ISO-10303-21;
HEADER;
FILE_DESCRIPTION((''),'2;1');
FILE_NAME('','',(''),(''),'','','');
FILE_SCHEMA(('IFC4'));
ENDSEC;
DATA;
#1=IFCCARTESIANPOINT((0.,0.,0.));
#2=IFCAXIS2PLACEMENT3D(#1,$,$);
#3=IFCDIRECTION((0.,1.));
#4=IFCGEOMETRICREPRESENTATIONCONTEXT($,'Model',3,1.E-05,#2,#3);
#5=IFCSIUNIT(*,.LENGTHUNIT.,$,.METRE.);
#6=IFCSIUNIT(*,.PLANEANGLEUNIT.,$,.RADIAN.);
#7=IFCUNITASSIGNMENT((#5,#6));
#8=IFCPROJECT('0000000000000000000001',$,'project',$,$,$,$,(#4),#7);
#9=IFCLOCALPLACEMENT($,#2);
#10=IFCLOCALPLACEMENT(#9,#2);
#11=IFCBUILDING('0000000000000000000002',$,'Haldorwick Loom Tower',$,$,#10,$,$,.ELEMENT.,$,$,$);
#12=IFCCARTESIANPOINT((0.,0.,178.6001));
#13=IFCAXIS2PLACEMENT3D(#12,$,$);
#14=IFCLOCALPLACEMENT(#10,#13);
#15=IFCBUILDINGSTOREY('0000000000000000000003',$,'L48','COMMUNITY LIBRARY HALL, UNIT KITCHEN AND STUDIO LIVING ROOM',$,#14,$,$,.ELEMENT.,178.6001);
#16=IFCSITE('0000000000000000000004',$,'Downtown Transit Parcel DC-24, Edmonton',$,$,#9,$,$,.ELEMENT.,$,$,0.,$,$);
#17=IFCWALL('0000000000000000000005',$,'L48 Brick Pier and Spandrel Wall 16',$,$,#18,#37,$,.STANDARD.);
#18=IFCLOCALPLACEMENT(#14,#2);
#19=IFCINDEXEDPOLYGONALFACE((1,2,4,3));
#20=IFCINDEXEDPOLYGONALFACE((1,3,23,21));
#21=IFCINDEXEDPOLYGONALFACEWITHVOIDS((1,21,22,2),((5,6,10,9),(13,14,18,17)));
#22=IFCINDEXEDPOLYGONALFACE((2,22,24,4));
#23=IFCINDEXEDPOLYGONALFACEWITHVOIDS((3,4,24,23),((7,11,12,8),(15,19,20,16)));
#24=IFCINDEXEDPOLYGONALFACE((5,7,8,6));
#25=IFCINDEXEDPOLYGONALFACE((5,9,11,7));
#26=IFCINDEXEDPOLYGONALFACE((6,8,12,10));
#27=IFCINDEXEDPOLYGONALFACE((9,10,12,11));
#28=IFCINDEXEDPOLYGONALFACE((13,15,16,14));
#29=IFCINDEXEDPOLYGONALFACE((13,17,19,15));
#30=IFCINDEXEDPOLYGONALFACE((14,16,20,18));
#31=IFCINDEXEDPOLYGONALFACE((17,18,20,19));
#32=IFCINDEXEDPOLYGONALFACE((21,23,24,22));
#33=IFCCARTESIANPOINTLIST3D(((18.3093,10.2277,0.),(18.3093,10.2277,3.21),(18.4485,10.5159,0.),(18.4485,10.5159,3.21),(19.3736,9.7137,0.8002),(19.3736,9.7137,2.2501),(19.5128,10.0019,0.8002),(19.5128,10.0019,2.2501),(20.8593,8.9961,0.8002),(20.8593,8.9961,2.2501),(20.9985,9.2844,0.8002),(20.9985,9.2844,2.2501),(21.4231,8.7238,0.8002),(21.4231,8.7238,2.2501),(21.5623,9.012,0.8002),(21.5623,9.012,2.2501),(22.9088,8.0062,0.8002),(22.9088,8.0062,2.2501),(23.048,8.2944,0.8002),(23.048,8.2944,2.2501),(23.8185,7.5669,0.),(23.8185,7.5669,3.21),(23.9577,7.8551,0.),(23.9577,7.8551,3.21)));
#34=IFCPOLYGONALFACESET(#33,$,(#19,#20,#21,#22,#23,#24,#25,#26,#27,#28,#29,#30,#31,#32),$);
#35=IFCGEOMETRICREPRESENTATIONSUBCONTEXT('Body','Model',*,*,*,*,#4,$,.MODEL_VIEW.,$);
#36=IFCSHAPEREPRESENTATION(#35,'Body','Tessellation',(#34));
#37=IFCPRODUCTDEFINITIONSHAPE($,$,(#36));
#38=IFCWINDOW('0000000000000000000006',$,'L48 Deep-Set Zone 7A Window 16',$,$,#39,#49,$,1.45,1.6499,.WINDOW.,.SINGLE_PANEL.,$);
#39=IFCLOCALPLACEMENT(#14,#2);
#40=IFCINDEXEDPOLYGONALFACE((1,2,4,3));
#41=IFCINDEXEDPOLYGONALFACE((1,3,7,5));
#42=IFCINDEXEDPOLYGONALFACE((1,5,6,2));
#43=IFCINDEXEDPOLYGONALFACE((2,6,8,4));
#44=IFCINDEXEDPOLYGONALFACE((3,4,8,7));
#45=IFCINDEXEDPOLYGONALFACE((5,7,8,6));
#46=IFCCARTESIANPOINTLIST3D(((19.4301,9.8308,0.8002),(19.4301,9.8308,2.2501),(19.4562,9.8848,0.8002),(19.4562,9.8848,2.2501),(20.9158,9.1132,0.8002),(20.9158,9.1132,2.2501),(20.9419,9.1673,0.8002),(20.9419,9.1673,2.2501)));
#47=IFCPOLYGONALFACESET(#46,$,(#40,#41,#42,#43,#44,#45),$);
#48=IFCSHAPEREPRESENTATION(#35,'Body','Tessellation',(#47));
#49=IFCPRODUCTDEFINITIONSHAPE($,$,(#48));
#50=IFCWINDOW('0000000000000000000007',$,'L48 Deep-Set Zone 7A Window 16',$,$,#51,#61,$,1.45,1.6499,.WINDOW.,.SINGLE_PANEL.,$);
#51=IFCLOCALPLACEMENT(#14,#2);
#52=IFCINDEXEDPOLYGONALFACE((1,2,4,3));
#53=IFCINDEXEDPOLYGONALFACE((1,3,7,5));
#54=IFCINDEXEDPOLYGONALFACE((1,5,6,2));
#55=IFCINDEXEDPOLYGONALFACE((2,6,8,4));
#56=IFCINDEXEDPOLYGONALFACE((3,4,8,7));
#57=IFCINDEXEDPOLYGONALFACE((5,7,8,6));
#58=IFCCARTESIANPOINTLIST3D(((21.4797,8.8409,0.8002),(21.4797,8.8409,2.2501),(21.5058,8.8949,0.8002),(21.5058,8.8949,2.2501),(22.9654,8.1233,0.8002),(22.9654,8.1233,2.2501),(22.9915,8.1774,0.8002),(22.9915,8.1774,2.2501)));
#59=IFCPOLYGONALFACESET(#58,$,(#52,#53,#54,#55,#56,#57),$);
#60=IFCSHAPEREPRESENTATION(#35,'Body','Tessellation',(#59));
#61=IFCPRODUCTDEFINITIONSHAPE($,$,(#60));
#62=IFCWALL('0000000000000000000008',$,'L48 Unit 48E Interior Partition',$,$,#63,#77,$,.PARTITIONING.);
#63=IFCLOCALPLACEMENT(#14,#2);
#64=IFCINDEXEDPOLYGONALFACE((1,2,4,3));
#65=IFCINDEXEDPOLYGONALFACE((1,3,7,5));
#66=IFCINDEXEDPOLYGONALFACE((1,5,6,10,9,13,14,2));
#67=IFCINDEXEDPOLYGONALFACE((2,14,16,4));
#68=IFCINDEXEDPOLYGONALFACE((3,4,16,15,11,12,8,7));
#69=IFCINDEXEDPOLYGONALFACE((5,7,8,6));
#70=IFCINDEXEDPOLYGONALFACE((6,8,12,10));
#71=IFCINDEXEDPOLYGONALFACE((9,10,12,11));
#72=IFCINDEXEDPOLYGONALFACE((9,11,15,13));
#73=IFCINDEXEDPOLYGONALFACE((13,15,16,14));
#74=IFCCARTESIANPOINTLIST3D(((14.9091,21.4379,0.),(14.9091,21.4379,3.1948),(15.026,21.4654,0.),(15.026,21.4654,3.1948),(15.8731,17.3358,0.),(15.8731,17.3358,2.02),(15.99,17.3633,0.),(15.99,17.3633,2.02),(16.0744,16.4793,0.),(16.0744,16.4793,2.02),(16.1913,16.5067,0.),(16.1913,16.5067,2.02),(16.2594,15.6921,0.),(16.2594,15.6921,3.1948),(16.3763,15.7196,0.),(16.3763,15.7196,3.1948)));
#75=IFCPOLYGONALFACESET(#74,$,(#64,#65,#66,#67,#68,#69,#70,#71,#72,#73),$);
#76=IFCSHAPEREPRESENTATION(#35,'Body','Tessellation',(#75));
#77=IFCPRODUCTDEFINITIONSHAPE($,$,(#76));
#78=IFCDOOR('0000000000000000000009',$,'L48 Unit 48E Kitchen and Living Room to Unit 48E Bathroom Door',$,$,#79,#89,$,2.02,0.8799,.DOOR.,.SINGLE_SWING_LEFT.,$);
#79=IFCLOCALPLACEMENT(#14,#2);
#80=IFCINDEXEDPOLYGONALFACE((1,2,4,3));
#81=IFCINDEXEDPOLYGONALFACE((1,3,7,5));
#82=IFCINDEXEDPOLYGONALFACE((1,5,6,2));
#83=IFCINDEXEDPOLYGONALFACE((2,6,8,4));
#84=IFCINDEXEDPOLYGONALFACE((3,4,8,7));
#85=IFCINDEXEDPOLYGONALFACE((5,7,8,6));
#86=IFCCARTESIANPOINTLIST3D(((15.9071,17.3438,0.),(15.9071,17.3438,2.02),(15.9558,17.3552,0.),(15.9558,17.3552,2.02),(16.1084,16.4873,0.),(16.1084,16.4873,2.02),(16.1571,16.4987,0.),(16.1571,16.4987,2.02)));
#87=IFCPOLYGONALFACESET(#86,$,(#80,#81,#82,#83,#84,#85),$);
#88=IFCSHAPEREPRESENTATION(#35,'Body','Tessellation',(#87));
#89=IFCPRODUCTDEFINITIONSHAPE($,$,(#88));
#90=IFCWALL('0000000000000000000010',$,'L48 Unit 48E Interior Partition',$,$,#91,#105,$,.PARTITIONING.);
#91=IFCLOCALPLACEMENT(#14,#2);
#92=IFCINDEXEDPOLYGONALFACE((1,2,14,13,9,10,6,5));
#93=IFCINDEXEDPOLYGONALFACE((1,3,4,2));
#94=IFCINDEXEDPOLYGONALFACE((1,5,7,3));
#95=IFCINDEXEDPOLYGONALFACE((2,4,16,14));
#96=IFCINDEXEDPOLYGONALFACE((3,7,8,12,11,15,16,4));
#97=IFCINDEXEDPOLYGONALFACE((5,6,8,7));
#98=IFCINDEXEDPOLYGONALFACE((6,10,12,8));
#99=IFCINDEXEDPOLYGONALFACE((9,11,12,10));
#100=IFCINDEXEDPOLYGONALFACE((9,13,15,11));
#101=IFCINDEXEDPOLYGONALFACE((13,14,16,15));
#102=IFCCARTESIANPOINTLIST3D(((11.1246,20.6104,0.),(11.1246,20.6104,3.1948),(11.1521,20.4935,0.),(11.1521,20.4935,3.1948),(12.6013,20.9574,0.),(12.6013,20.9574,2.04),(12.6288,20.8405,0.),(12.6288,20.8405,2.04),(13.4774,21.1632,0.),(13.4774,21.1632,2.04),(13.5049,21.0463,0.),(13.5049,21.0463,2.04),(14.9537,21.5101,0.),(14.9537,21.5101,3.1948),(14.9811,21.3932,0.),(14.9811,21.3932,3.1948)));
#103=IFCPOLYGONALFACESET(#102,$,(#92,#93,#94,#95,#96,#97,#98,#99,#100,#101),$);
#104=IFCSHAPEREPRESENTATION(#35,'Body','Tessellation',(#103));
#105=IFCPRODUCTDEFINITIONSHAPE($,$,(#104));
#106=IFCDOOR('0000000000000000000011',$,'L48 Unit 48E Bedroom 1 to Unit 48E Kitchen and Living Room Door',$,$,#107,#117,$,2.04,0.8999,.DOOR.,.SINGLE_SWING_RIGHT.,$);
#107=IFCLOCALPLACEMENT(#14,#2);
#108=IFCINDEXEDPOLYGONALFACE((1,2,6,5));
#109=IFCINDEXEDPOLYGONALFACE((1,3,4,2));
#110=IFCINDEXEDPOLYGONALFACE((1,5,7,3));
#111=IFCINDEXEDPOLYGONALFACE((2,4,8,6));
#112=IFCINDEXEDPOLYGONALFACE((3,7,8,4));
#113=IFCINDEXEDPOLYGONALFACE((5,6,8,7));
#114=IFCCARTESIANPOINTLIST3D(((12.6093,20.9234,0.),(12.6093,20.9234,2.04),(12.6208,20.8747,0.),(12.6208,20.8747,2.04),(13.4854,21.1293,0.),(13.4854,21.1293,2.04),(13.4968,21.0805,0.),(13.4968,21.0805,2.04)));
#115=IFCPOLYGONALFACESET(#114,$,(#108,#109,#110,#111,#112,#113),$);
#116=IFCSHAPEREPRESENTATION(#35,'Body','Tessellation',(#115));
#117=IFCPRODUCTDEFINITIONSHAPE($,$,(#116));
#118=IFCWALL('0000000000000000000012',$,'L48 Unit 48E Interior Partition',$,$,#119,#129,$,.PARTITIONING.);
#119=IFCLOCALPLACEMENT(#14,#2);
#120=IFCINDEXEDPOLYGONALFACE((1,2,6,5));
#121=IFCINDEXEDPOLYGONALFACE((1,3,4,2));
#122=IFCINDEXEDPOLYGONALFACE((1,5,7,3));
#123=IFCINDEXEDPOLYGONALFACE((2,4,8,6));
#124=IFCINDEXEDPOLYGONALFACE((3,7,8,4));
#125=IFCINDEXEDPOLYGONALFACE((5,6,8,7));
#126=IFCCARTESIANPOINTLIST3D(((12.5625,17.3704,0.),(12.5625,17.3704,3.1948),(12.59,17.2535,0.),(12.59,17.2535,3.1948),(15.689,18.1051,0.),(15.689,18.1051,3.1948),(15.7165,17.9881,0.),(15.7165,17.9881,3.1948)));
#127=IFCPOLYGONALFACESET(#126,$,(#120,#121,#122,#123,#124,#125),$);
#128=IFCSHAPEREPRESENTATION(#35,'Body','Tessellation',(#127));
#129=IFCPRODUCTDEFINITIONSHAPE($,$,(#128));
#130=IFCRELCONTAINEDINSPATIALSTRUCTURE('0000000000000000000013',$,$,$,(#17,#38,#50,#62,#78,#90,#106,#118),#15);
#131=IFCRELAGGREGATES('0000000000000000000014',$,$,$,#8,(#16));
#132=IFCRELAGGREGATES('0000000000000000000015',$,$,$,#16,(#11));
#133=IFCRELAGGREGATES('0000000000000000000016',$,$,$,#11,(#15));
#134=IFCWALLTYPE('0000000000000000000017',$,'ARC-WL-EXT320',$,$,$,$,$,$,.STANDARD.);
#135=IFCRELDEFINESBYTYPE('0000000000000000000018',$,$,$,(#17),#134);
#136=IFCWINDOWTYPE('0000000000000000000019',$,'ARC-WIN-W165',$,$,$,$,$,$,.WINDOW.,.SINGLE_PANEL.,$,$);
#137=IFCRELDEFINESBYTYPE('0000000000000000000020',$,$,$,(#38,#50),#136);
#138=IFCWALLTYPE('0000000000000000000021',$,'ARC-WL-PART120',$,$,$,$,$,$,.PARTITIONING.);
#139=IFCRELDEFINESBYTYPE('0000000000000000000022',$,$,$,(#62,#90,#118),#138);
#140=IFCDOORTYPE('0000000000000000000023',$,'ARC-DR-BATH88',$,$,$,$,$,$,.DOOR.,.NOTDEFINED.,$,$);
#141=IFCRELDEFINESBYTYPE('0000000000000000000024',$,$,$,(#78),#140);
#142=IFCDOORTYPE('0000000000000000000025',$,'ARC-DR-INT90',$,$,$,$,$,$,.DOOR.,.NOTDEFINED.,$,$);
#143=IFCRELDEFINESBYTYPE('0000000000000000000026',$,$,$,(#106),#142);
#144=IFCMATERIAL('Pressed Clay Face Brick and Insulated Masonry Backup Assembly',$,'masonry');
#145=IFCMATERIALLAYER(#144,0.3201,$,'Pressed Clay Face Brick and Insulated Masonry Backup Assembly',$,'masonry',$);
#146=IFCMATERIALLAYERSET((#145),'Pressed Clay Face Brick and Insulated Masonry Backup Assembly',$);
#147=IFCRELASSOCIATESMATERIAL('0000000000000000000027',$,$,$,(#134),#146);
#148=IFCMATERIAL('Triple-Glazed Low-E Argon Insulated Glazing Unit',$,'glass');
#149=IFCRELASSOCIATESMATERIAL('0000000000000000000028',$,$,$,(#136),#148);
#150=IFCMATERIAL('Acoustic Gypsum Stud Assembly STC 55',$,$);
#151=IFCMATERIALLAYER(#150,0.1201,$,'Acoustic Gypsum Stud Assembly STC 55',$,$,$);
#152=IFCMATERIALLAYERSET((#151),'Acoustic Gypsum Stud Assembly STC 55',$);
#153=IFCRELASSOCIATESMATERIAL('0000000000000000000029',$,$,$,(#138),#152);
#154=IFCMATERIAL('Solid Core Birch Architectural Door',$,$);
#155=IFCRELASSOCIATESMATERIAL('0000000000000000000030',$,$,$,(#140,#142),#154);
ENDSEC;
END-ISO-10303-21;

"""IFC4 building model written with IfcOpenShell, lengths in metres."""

from ifc_helpers import new_model, si_unit, direction, frame, frame_2d, origin, place, context, subcontext, project, spatial, rectangle, extrude, material, layer, layer_set, type_object, element, fill, save


model = new_model("IFC4")

# Units and contexts
model_context = context("Model", 3, precision=1e-05, world=origin(), true_north=direction((0.0, 1.0)))
body_context = subcontext(model_context, "Body", "Model", "MODEL_VIEW")
ifc_project = project(units=[si_unit("LENGTHUNIT", "METRE"), si_unit("PLANEANGLEUNIT", "RADIAN")], contexts=[model_context])

# Site, building, storey
site_placement = place(None, origin())
site = spatial("IfcSite", under=ifc_project, at=site_placement, Name="Downtown Transit Parcel DC-24, Edmonton", CompositionType="ELEMENT", RefElevation=0.0)
building_placement = place(site_placement, origin())
building = spatial("IfcBuilding", under=site, at=building_placement, Name="Haldorwick Loom Tower", CompositionType="ELEMENT")
storey_placement = place(building_placement, frame((0.0, 0.0, 178.6001)))
storey = spatial("IfcBuildingStorey", under=building, at=storey_placement, Name="L48", Description="COMMUNITY LIBRARY HALL, UNIT KITCHEN AND STUDIO LIVING ROOM", CompositionType="ELEMENT", Elevation=178.6001)

# Shared definitions
ifc_material_1 = material(Name="Pressed Clay Face Brick and Insulated Masonry Backup Assembly", Category="masonry")
ifc_layer_1 = layer(ifc_material_1, 0.3201, Name="Pressed Clay Face Brick and Insulated Masonry Backup Assembly", Category="masonry")
ifc_layer_set_1 = layer_set([ifc_layer_1], Name="Pressed Clay Face Brick and Insulated Masonry Backup Assembly")
wall_type_1 = type_object("IfcWallType", Name="ARC-WL-EXT320", PredefinedType="STANDARD", material=ifc_layer_set_1)

# Wall, openings, windows
wall_1_placement = place(storey_placement, frame((18.3789, 10.3718, 0.0), z_axis=(0.0, 0.0, 1.0), x_axis=(0.900472, -0.434913, 0.0)))
wall_1 = element("IfcWall", 1, at=wall_1_placement, inside=storey, type_object=wall_type_1, Name="L48 Brick Pier and Spandrel Wall 16", PredefinedType="STANDARD", context=body_context, shape_type="SweptSolid", body=[
    extrude(rectangle(XDim=6.1182, YDim=0.3201, at=frame_2d((3.0591, 0.0))), origin(), (0.0, 0.0, 1.0), 3.21),
])
opening_1_placement = place(wall_1_placement, frame((1.1819, 0.0, 0.8)))
opening_1 = element("IfcOpeningElement", 2, at=opening_1_placement, cuts=wall_1, PredefinedType="OPENING", context=body_context, shape_type="SweptSolid", body=[
    extrude(rectangle(XDim=1.6499, YDim=1.45, at=frame_2d((0.825, 0.7251))), frame((0.0, 0.1699, 0.0), z_axis=(0.0, -1.0, 0.0), x_axis=(1.0, 0.0, 0.0)), (0.0, 0.0, 1.0), 0.3401),
])
opening_2_placement = place(wall_1_placement, frame((3.458, 0.0, 0.8)))
opening_2 = element("IfcOpeningElement", 3, at=opening_2_placement, cuts=wall_1, PredefinedType="OPENING", context=body_context, shape_type="SweptSolid", body=[
    extrude(rectangle(XDim=1.6499, YDim=1.45, at=frame_2d((0.825, 0.7251))), frame((0.0, 0.1699, 0.0), z_axis=(0.0, -1.0, 0.0), x_axis=(1.0, 0.0, 0.0)), (0.0, 0.0, 1.0), 0.3401),
])
ifc_material_2 = material(Name="Triple-Glazed Low-E Argon Insulated Glazing Unit", Category="glass")
window_type = type_object("IfcWindowType", Name="ARC-WIN-W165", PartitioningType="SINGLE_PANEL", PredefinedType="WINDOW", material=ifc_material_2)
window_1_placement = place(opening_1_placement, origin())
window_1 = element("IfcWindow", 4, at=window_1_placement, inside=storey, type_object=window_type, Name="L48 Deep-Set Zone 7A Window 16", OverallHeight=1.45, OverallWidth=1.6499, PartitioningType="SINGLE_PANEL", PredefinedType="WINDOW", context=body_context, shape_type="SweptSolid", body=[
    extrude(rectangle(XDim=1.6499, YDim=1.45, at=frame_2d((0.825, 0.7251))), frame((0.0, 0.03, 0.0), z_axis=(0.0, -1.0, 0.0), x_axis=(1.0, 0.0, 0.0)), (0.0, 0.0, 1.0), 0.0601),
])
fill(opening_1, window_1)
window_2_placement = place(opening_2_placement, origin())
window_2 = element("IfcWindow", 5, at=window_2_placement, inside=storey, type_object=window_type, Name="L48 Deep-Set Zone 7A Window 16", OverallHeight=1.45, OverallWidth=1.6499, PartitioningType="SINGLE_PANEL", PredefinedType="WINDOW", context=body_context, shape_type="SweptSolid", body=[
    extrude(rectangle(XDim=1.6499, YDim=1.45, at=frame_2d((0.825, 0.7251))), frame((0.0, 0.03, 0.0), z_axis=(0.0, -1.0, 0.0), x_axis=(1.0, 0.0, 0.0)), (0.0, 0.0, 1.0), 0.0601),
])
fill(opening_2, window_2)

# Walls, openings, doors
ifc_material_3 = material(Name="Acoustic Gypsum Stud Assembly STC 55")
ifc_layer_2 = layer(ifc_material_3, 0.1201, Name="Acoustic Gypsum Stud Assembly STC 55")
ifc_layer_set_2 = layer_set([ifc_layer_2], Name="Acoustic Gypsum Stud Assembly STC 55")
wall_type_2 = type_object("IfcWallType", Name="ARC-WL-PART120", PredefinedType="PARTITIONING", material=ifc_layer_set_2)
wall_2_placement = place(storey_placement, frame((14.9675, 21.4517, 0.0), z_axis=(0.0, 0.0, 1.0), x_axis=(0.228779, -0.973478, 0.0)))
wall_2 = element("IfcWall", 6, at=wall_2_placement, inside=storey, type_object=wall_type_2, Name="L48 Unit 48E Interior Partition", PredefinedType="PARTITIONING", context=body_context, shape_type="SweptSolid", body=[
    extrude(rectangle(XDim=5.9023, YDim=0.1201, at=frame_2d((2.9512, 0.0))), origin(), (0.0, 0.0, 1.0), 3.1948),
])
opening_3_placement = place(wall_2_placement, frame((4.2139, 0.0, 0.0)))
opening_3 = element("IfcOpeningElement", 7, at=opening_3_placement, cuts=wall_2, PredefinedType="OPENING", context=body_context, shape_type="SweptSolid", body=[
    extrude(rectangle(XDim=0.8799, YDim=2.02, at=frame_2d((0.4399, 1.01))), frame((0.0, 0.0701, 0.0), z_axis=(0.0, -1.0, 0.0), x_axis=(1.0, 0.0, 0.0)), (0.0, 0.0, 1.0), 0.1401),
])
ifc_material_4 = material(Name="Solid Core Birch Architectural Door")
door_type_1 = type_object("IfcDoorType", Name="ARC-DR-BATH88", OperationType="NOTDEFINED", PredefinedType="DOOR", material=ifc_material_4)
door_1_placement = place(opening_3_placement, origin())
door_1 = element("IfcDoor", 8, at=door_1_placement, inside=storey, type_object=door_type_1, Name="L48 Unit 48E Kitchen and Living Room to Unit 48E Bathroom Door", OperationType="SINGLE_SWING_LEFT", OverallHeight=2.02, OverallWidth=0.8799, PredefinedType="DOOR", context=body_context, shape_type="SweptSolid", body=[
    extrude(rectangle(XDim=0.8799, YDim=2.02, at=frame_2d((0.4399, 1.01))), frame((0.0, 0.0249, 0.0), z_axis=(0.0, -1.0, 0.0), x_axis=(1.0, 0.0, 0.0)), (0.0, 0.0, 1.0), 0.05),
])
fill(opening_3, door_1)
wall_3_placement = place(storey_placement, frame((14.9675, 21.4517, 0.0), z_axis=(0.0, 0.0, 1.0), x_axis=(-0.973491, -0.228724, 0.0)))
wall_3 = element("IfcWall", 9, at=wall_3_placement, inside=storey, type_object=wall_type_2, Name="L48 Unit 48E Interior Partition", PredefinedType="PARTITIONING", context=body_context, shape_type="SweptSolid", body=[
    extrude(rectangle(XDim=3.9333, YDim=0.1201, at=frame_2d((1.9668, 0.0))), origin(), (0.0, 0.0, 1.0), 3.1948),
])
opening_4_placement = place(wall_3_placement, frame((1.5166, 0.0, 0.0)))
opening_4 = element("IfcOpeningElement", 10, at=opening_4_placement, cuts=wall_3, PredefinedType="OPENING", context=body_context, shape_type="SweptSolid", body=[
    extrude(rectangle(XDim=0.8999, YDim=2.04, at=frame_2d((0.45, 1.02))), frame((0.0, 0.0701, 0.0), z_axis=(0.0, -1.0, 0.0), x_axis=(1.0, 0.0, 0.0)), (0.0, 0.0, 1.0), 0.1401),
])
door_type_2 = type_object("IfcDoorType", Name="ARC-DR-INT90", OperationType="NOTDEFINED", PredefinedType="DOOR", material=ifc_material_4)
door_2_placement = place(opening_4_placement, origin())
door_2 = element("IfcDoor", 11, at=door_2_placement, inside=storey, type_object=door_type_2, Name="L48 Unit 48E Bedroom 1 to Unit 48E Kitchen and Living Room Door", OperationType="SINGLE_SWING_RIGHT", OverallHeight=2.04, OverallWidth=0.8999, PredefinedType="DOOR", context=body_context, shape_type="SweptSolid", body=[
    extrude(rectangle(XDim=0.8999, YDim=2.04, at=frame_2d((0.45, 1.02))), frame((0.0, 0.0249, 0.0), z_axis=(0.0, -1.0, 0.0), x_axis=(1.0, 0.0, 0.0)), (0.0, 0.0, 1.0), 0.05),
])
fill(opening_4, door_2)

# Wall
wall_4_placement = place(storey_placement, frame((15.7029, 18.0466, 0.0), z_axis=(0.0, 0.0, 1.0), x_axis=(-0.973488, -0.228738, 0.0)))
element("IfcWall", 12, at=wall_4_placement, inside=storey, type_object=wall_type_2, Name="L48 Unit 48E Interior Partition", PredefinedType="PARTITIONING", context=body_context, shape_type="SweptSolid", body=[
    extrude(rectangle(XDim=3.2117, YDim=0.1201, at=frame_2d((1.606, 0.0))), origin(), (0.0, 0.0, 1.0), 3.1948),
])

save(model, "model.ifc")
